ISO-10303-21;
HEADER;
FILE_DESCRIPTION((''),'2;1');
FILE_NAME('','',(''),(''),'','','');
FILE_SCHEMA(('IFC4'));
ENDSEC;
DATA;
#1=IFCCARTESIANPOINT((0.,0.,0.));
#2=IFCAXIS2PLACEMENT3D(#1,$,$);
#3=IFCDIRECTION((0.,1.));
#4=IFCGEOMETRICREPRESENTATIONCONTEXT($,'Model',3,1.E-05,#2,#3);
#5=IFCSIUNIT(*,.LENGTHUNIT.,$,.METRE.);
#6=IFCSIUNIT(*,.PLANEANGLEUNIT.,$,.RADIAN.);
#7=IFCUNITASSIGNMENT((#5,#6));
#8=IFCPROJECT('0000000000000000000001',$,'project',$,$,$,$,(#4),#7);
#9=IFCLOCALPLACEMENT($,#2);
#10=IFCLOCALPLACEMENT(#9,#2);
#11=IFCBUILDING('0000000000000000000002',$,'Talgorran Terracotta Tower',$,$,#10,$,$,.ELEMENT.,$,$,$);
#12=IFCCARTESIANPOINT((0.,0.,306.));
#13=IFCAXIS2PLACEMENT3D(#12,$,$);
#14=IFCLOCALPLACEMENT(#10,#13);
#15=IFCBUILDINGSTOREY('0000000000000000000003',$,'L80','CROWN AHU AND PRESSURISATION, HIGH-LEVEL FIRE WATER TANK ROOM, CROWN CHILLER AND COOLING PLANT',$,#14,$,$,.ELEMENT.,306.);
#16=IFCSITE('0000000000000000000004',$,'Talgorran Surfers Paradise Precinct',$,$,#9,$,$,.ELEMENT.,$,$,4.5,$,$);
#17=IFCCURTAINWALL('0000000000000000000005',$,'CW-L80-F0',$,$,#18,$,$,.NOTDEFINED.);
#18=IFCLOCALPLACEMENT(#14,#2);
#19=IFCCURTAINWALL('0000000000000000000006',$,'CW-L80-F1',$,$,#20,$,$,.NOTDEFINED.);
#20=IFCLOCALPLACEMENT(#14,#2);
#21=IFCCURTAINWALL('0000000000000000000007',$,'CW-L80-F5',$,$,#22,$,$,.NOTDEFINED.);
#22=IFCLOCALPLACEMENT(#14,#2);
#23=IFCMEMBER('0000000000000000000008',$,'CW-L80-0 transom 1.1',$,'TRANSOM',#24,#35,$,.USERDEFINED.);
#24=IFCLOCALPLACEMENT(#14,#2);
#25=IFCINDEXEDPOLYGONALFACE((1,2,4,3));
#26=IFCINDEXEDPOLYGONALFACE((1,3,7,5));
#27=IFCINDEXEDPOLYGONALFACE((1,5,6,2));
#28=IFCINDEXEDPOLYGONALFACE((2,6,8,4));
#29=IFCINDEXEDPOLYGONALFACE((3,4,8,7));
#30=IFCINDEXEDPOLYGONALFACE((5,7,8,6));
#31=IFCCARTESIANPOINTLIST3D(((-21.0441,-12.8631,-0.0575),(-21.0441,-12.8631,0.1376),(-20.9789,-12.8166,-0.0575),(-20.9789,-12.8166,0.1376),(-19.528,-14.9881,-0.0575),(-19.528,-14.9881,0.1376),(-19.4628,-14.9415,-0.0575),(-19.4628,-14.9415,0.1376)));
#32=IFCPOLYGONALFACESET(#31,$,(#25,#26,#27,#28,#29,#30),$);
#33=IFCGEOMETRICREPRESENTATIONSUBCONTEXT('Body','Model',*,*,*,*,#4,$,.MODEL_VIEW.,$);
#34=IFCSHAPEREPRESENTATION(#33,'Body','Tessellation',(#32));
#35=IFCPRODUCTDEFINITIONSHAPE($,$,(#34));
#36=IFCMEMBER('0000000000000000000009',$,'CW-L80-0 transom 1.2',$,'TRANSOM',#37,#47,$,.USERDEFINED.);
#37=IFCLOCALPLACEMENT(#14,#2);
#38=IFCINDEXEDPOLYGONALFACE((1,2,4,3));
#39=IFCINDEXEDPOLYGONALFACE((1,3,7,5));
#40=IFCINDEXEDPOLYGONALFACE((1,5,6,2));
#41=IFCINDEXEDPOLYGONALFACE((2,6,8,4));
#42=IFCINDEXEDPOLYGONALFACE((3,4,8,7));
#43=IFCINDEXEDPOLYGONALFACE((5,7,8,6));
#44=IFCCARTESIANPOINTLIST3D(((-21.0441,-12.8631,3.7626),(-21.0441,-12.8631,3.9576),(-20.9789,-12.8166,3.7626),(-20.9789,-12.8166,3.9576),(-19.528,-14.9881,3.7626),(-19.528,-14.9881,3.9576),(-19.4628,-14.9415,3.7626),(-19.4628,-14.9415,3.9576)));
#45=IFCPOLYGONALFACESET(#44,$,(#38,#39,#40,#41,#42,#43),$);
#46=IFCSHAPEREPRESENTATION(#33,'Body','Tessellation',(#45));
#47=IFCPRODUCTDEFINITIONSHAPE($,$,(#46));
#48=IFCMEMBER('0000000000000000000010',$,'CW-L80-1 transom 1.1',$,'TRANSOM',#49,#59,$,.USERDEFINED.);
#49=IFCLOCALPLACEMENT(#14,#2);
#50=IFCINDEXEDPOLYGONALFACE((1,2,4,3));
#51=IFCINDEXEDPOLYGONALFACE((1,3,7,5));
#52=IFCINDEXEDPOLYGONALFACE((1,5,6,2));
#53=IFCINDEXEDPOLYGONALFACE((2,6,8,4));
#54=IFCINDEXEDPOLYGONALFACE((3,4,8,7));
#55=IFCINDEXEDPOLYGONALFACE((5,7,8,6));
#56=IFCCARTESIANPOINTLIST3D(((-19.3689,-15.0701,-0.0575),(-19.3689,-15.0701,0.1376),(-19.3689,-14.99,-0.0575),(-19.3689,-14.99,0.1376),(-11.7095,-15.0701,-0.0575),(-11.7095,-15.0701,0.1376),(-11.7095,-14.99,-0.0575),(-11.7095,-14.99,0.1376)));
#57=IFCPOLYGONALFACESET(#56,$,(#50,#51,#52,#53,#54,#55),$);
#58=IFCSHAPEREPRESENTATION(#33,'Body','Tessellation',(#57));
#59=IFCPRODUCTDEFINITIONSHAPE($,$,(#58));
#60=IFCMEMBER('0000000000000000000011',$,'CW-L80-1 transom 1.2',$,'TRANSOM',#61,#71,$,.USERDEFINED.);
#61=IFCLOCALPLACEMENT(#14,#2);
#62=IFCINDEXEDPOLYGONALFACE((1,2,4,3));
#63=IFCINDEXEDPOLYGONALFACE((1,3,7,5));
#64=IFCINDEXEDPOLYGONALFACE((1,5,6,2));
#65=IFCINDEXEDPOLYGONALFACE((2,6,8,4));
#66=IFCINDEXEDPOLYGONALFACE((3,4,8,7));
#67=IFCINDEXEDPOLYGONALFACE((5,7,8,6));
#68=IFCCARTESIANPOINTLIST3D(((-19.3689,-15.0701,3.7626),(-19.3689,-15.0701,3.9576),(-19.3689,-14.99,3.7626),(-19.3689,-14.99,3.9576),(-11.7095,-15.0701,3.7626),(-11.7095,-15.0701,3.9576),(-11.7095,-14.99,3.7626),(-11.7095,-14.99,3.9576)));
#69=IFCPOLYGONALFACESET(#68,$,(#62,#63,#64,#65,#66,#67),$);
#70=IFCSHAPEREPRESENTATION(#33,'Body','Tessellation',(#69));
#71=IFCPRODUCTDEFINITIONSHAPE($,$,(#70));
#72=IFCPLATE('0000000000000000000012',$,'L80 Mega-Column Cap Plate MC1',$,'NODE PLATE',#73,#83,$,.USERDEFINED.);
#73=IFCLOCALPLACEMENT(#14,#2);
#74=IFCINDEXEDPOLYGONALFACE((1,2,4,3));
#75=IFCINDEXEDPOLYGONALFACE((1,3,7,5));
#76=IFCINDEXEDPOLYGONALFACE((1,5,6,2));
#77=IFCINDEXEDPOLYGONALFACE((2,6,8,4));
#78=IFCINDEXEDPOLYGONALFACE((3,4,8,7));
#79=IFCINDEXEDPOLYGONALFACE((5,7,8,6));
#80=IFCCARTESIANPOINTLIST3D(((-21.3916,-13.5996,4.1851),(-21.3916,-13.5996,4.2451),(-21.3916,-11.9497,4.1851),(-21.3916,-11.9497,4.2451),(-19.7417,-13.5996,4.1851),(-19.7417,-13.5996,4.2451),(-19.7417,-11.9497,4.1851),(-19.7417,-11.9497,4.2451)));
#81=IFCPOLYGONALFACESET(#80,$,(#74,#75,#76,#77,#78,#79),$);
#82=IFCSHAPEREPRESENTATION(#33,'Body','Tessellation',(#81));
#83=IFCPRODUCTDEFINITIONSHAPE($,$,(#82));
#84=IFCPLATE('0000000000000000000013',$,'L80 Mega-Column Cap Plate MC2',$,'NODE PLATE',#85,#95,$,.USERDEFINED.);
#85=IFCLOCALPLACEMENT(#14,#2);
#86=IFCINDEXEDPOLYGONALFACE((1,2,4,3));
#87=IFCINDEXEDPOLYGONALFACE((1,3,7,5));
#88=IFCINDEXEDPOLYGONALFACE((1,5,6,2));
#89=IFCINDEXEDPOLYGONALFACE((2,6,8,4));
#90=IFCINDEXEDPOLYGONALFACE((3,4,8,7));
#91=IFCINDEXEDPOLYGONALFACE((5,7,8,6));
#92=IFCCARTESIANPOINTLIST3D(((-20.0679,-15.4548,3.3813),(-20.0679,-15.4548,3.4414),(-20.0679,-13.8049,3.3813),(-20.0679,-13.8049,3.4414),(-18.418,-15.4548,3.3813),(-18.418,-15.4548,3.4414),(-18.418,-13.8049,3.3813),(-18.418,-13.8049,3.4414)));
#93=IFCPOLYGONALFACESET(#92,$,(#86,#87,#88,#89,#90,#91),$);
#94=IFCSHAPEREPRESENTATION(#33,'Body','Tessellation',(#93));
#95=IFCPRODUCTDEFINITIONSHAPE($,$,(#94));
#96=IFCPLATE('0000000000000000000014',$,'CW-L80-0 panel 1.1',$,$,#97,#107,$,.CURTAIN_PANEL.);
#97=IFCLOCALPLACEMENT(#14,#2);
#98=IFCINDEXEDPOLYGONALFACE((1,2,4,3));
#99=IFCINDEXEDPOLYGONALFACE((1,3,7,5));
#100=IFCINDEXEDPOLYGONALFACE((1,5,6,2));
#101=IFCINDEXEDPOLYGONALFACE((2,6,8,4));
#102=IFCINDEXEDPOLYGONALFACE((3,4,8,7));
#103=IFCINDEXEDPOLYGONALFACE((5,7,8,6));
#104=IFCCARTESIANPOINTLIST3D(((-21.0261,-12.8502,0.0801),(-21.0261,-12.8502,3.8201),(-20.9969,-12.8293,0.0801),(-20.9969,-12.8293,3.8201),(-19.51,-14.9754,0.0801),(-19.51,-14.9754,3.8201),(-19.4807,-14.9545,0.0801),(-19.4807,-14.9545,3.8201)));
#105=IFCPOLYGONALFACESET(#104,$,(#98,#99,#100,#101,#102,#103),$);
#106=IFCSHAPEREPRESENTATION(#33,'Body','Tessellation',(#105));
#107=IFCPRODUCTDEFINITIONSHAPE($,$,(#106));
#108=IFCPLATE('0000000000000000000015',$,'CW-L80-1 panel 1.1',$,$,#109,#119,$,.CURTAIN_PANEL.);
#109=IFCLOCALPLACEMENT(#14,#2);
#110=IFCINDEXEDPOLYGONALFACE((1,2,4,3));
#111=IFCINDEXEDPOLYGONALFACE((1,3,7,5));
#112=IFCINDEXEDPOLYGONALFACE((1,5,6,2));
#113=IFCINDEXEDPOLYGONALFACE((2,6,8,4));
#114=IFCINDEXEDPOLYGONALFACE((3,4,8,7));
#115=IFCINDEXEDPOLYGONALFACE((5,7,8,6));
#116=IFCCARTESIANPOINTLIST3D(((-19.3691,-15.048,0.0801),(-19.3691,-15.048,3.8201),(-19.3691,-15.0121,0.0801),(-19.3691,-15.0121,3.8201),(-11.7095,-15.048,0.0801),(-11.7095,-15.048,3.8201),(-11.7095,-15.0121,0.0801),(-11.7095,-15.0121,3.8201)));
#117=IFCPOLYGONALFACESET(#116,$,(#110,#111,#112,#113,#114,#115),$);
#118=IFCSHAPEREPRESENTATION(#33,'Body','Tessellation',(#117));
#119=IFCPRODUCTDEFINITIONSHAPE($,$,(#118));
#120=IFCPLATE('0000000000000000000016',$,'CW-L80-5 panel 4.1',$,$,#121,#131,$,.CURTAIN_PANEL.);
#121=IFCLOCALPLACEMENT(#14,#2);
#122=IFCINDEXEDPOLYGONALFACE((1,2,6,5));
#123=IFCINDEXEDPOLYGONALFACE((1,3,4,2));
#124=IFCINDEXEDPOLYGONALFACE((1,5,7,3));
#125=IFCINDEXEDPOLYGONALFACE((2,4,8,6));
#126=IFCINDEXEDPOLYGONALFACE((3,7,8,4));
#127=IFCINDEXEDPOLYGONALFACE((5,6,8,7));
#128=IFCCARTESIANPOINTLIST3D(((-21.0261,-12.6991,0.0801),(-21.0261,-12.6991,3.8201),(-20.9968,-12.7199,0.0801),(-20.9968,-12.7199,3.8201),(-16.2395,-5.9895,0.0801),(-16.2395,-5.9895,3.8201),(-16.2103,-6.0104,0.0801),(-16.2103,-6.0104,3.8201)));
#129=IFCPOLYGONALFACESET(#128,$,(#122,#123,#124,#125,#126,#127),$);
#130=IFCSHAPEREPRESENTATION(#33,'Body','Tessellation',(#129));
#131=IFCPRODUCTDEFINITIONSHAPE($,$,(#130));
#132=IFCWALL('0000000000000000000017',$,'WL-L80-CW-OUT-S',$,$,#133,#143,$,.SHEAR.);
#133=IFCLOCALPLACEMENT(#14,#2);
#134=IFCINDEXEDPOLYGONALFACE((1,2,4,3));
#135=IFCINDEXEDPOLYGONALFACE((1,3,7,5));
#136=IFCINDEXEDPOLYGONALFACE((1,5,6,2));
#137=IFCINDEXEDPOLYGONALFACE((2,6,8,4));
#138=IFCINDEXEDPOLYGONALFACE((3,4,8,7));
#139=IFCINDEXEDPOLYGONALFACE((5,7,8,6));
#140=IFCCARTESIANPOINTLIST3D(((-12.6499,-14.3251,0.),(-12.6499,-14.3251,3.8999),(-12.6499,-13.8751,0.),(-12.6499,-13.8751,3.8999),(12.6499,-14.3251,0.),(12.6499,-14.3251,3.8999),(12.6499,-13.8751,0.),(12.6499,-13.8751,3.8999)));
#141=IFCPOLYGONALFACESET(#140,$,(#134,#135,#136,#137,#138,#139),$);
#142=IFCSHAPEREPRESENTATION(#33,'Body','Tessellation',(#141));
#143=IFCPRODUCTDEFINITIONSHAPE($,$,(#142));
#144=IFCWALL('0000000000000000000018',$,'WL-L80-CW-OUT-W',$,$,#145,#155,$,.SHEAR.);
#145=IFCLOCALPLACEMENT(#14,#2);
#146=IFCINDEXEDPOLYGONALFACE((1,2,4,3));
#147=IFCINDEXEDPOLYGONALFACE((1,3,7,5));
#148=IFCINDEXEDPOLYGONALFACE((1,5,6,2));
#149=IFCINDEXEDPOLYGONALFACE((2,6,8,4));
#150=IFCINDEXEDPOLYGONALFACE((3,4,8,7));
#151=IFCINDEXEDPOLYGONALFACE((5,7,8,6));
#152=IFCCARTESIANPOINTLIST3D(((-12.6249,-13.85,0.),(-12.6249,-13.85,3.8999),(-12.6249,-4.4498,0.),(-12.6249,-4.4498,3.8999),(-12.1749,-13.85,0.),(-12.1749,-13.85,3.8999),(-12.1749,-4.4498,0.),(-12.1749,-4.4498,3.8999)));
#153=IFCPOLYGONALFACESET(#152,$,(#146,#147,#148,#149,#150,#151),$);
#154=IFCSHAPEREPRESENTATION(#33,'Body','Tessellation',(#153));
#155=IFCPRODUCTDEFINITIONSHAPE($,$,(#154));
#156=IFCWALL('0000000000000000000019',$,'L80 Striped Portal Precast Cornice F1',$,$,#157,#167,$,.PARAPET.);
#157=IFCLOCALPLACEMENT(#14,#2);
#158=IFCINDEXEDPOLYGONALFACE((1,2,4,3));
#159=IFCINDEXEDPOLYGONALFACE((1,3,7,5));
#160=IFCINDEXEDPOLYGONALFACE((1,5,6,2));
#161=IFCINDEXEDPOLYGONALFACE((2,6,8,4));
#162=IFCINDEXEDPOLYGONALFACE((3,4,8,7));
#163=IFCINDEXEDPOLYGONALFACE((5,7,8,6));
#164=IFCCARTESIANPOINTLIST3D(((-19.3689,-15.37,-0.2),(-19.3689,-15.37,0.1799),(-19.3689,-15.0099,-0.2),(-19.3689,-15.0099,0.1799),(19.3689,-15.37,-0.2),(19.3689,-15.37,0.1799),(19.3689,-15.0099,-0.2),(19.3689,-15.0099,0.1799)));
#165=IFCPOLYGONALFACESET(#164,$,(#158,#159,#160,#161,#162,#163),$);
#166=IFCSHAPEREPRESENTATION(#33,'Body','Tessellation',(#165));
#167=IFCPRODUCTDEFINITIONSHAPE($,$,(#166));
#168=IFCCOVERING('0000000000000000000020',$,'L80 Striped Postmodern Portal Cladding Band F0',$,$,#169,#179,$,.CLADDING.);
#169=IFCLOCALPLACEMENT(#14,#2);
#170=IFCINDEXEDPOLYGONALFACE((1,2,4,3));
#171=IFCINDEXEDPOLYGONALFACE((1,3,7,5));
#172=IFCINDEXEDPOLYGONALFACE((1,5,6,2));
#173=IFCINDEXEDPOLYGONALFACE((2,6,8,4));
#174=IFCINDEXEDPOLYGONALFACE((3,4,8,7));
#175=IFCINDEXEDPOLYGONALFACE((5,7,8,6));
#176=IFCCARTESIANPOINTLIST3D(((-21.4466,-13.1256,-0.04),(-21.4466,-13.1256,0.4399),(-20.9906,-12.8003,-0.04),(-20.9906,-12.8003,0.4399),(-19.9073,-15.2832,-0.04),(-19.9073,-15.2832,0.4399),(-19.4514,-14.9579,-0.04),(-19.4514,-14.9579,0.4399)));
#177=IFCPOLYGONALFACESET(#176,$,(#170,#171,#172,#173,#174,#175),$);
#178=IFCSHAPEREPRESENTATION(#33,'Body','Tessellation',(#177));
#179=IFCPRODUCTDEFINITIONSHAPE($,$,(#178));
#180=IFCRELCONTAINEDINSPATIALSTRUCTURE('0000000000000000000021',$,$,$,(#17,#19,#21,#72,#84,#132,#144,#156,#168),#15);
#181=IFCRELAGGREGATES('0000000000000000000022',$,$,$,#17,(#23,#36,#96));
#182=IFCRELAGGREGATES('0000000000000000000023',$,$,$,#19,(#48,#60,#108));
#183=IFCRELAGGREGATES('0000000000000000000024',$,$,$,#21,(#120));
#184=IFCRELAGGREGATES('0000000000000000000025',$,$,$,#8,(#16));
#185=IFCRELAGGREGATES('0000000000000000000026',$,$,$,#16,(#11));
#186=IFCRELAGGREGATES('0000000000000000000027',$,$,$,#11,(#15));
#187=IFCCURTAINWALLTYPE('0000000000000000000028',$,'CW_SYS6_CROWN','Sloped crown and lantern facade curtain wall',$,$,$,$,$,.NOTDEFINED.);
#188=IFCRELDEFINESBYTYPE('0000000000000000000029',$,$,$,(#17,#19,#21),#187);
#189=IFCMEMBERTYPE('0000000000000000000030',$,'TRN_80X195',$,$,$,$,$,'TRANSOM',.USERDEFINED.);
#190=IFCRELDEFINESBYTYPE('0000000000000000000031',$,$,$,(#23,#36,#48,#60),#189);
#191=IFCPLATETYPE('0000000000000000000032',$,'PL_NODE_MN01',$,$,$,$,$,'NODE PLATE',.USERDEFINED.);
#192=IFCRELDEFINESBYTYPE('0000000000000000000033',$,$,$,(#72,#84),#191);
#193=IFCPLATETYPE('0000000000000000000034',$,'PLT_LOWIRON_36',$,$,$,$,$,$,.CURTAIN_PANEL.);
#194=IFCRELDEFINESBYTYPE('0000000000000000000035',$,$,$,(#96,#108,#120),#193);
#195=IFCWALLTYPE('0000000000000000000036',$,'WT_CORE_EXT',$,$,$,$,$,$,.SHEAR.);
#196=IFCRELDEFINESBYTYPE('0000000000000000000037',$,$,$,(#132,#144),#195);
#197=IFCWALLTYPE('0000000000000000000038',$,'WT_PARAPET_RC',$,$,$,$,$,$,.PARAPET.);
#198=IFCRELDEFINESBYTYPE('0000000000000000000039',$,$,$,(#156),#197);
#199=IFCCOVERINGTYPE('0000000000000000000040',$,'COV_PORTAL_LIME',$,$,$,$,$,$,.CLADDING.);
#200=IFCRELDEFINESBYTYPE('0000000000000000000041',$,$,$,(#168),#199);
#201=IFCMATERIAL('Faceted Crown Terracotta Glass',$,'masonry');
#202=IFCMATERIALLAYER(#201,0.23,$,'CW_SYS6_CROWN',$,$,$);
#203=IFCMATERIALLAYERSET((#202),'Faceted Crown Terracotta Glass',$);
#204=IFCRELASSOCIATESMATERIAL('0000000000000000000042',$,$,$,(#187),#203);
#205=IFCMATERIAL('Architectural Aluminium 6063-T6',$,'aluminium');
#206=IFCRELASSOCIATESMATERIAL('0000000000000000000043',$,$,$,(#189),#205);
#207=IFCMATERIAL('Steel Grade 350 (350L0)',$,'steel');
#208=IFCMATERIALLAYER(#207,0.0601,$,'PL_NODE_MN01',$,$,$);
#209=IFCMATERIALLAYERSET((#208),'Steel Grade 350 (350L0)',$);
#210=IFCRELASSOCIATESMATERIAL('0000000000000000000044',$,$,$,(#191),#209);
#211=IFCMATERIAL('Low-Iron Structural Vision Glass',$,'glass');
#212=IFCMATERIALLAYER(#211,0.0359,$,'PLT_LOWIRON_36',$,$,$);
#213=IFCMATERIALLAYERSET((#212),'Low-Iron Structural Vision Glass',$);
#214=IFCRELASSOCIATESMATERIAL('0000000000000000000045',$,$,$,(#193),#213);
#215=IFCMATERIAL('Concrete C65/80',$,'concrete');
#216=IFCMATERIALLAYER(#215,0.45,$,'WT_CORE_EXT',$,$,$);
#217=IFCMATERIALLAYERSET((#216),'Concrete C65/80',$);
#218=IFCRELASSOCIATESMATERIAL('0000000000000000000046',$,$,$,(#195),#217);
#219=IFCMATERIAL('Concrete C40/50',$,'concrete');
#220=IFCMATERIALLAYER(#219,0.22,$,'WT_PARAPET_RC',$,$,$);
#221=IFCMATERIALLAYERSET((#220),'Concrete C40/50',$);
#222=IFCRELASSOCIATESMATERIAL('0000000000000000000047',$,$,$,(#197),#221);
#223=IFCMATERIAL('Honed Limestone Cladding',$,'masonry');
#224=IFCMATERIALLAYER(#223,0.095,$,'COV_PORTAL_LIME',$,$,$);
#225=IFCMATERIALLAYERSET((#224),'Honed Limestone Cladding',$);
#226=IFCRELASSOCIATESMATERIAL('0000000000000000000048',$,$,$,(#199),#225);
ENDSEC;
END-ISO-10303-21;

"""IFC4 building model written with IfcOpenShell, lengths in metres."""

from ifc_helpers import new_model, si_unit, direction, frame, frame_2d, origin, origin_2d, place, context, subcontext, project, spatial, rectangle, extrude, source, transform, mapped, material, layer, layer_set, material_profile, profile_set, type_object, type_shapes, element, aggregate, save


model = new_model("IFC4")

# Units and contexts
model_context = context("Model", 3, precision=1e-05, world=origin(), true_north=direction((0.0, 1.0)))
body_context = subcontext(model_context, "Body", "Model", "MODEL_VIEW")
ifc_project = project(units=[si_unit("LENGTHUNIT", "METRE"), si_unit("PLANEANGLEUNIT", "RADIAN")], contexts=[model_context])

# Site, building, storey
site_placement = place(None, origin())
site = spatial("IfcSite", under=ifc_project, at=site_placement, Name="Talgorran Surfers Paradise Precinct", CompositionType="ELEMENT", RefElevation=4.5)
building_placement = place(site_placement, origin())
building = spatial("IfcBuilding", under=site, at=building_placement, Name="Talgorran Terracotta Tower", CompositionType="ELEMENT")
storey_placement = place(building_placement, frame((0.0, 0.0, 306.0)))
storey = spatial("IfcBuildingStorey", under=building, at=storey_placement, Name="L80", Description="CROWN AHU AND PRESSURISATION, HIGH-LEVEL FIRE WATER TANK ROOM, CROWN CHILLER AND COOLING PLANT", CompositionType="ELEMENT", Elevation=306.0)

# Shared definitions
ifc_material_1 = material(Name="Steel Grade 350 (350L0)", Category="steel")

# Curtain wall
ifc_material_2 = material(Name="Faceted Crown Terracotta Glass", Category="masonry")
ifc_layer_1 = layer(ifc_material_2, 0.23, Name="CW_SYS6_CROWN")
ifc_layer_set_1 = layer_set([ifc_layer_1], Name="Faceted Crown Terracotta Glass")
curtain_wall_type = type_object("IfcCurtainWallType", Name="CW_SYS6_CROWN", Description="Sloped crown and lantern facade curtain wall", PredefinedType="NOTDEFINED", material=ifc_layer_set_1)
curtain_wall_1_placement = place(storey_placement, origin())
curtain_wall_1 = element("IfcCurtainWall", 1, at=curtain_wall_1_placement, inside=storey, type_object=curtain_wall_type, Name="CW-L80-F0", PredefinedType="NOTDEFINED")
ifc_material_3 = material(Name="Architectural Aluminium 6063-T6", Category="aluminium")

# Curtain walls
curtain_wall_2_placement = place(storey_placement, origin())
curtain_wall_2 = element("IfcCurtainWall", 2, at=curtain_wall_2_placement, inside=storey, type_object=curtain_wall_type, Name="CW-L80-F1", PredefinedType="NOTDEFINED")
curtain_wall_3_placement = place(storey_placement, origin())
curtain_wall_3 = element("IfcCurtainWall", 3, at=curtain_wall_3_placement, inside=storey, type_object=curtain_wall_type, Name="CW-L80-F5", PredefinedType="NOTDEFINED")

# Members
ifc_material_profile_1 = material_profile(ifc_material_3, rectangle(XDim=0.0801, YDim=0.1951, at=origin_2d()), Name="CWT80X195")
ifc_profile_set_1 = profile_set([ifc_material_profile_1], Name="Architectural Aluminium 6063-T6")
member_type_1 = type_object("IfcMemberType", Name="TRN_80X195", ElementType="TRANSOM", PredefinedType="USERDEFINED", material=ifc_profile_set_1)
member_1_placement = place(storey_placement, frame((-21.0115, -12.8398, 0.04), z_axis=(0.580796, -0.814049, 0.0), x_axis=(0.814049, 0.580796, 0.0)))
member_1 = element("IfcMember", 4, at=member_1_placement, type_object=member_type_1, Name="CW-L80-0 transom 1.1", ObjectType="TRANSOM", PredefinedType="USERDEFINED", context=body_context, shape_type="SweptSolid", body=[
    extrude(rectangle(XDim=0.0801, YDim=0.1951, at=origin_2d()), origin(), (0.0, 0.0, 1.0), 2.6104),
])
member_2_placement = place(storey_placement, frame((-21.0115, -12.8398, 3.8601), z_axis=(0.580796, -0.814049, 0.0), x_axis=(0.814049, 0.580796, 0.0)))
member_2 = element("IfcMember", 5, at=member_2_placement, type_object=member_type_1, Name="CW-L80-0 transom 1.2", ObjectType="TRANSOM", PredefinedType="USERDEFINED", context=body_context, shape_type="SweptSolid", body=[
    extrude(rectangle(XDim=0.0801, YDim=0.1951, at=origin_2d()), origin(), (0.0, 0.0, 1.0), 2.6104),
])
member_3_placement = place(storey_placement, frame((-19.3689, -15.03, 0.04), z_axis=(1.0, 0.0, 0.0), x_axis=(0.0, 1.0, 0.0)))
member_3 = element("IfcMember", 6, at=member_3_placement, type_object=member_type_1, Name="CW-L80-1 transom 1.1", ObjectType="TRANSOM", PredefinedType="USERDEFINED", context=body_context, shape_type="SweptSolid", body=[
    extrude(rectangle(XDim=0.0801, YDim=0.1951, at=origin_2d()), origin(), (0.0, 0.0, 1.0), 7.6594),
])
member_4_placement = place(storey_placement, frame((-19.3689, -15.03, 3.8601), z_axis=(1.0, 0.0, 0.0), x_axis=(0.0, 1.0, 0.0)))
member_4 = element("IfcMember", 7, at=member_4_placement, type_object=member_type_1, Name="CW-L80-1 transom 1.2", ObjectType="TRANSOM", PredefinedType="USERDEFINED", context=body_context, shape_type="SweptSolid", body=[
    extrude(rectangle(XDim=0.0801, YDim=0.1951, at=origin_2d()), origin(), (0.0, 0.0, 1.0), 7.6594),
])

# Plates
ifc_layer_2 = layer(ifc_material_1, 0.0601, Name="PL_NODE_MN01")
ifc_layer_set_2 = layer_set([ifc_layer_2], Name="Steel Grade 350 (350L0)")
plate_type_1 = type_object("IfcPlateType", Name="PL_NODE_MN01", ElementType="NODE PLATE", PredefinedType="USERDEFINED", material=ifc_layer_set_2)
for number, where, z_axis, x_axis, name in (
    (8, (-20.5667, -12.7747, 4.1851), (0.0, 0.0, 1.0), (1.0, 0.0, 0.0), "L80 Mega-Column Cap Plate MC1"),
    (9, (-19.2429, -14.6299, 3.3813), (0.0, 0.0, 1.0), (1.0, 0.0, 0.0), "L80 Mega-Column Cap Plate MC2"),
):
    element("IfcPlate", number, at=place(storey_placement, frame(where, z_axis=z_axis, x_axis=x_axis)), inside=storey, type_object=plate_type_1, Name=name, ObjectType="NODE PLATE", PredefinedType="USERDEFINED", context=body_context, shape_type="SweptSolid", body=[
        extrude(rectangle(XDim=1.6499, YDim=1.6499, at=origin_2d()), origin(), (0.0, 0.0, 1.0), 0.0601),
    ])

# Plates
ifc_material_4 = material(Name="Low-Iron Structural Vision Glass", Category="glass")
ifc_layer_3 = layer(ifc_material_4, 0.0359, Name="PLT_LOWIRON_36")
ifc_layer_set_3 = layer_set([ifc_layer_3], Name="Low-Iron Structural Vision Glass")
plate_type_2 = type_object("IfcPlateType", Name="PLT_LOWIRON_36", PredefinedType="CURTAIN_PANEL", material=ifc_layer_set_3)
shared_shape_1 = source(origin(), body_context, "Body", "SweptSolid", [
    extrude(rectangle(XDim=2.6106, YDim=0.0359, at=origin_2d()), origin(), (0.0, 0.0, 1.0), 3.74),
])
plate_1_placement = place(storey_placement, frame((-20.2534, -13.9023, 0.0801), z_axis=(0.0, 0.0, 1.0), x_axis=(0.58076, -0.814075, 0.0)))
plate_1 = element("IfcPlate", 10, at=plate_1_placement, type_object=plate_type_2, Name="CW-L80-0 panel 1.1", PredefinedType="CURTAIN_PANEL", context=body_context, shape_type="MappedRepresentation", body=[
    mapped(shared_shape_1, transform((0.0, 0.0, 0.0), scale=1.0)),
])
aggregate(curtain_wall_1, [member_1, member_2, plate_1])
shared_shape_2 = source(origin(), body_context, "Body", "SweptSolid", [
    extrude(rectangle(XDim=7.6597, YDim=0.0359, at=origin_2d()), origin(), (0.0, 0.0, 1.0), 3.74),
])
plate_2_placement = place(storey_placement, frame((-15.5393, -15.03, 0.0801), z_axis=(0.0, 0.0, 1.0), x_axis=(1.0, 0.0, 0.0)))
plate_2 = element("IfcPlate", 11, at=plate_2_placement, type_object=plate_type_2, Name="CW-L80-1 panel 1.1", PredefinedType="CURTAIN_PANEL", context=body_context, shape_type="MappedRepresentation", body=[
    mapped(shared_shape_2, transform((0.0, 0.0, 0.0), scale=1.0)),
])
aggregate(curtain_wall_2, [member_3, member_4, plate_2])
shared_shape_3 = source(origin(), body_context, "Body", "SweptSolid", [
    extrude(rectangle(XDim=8.2419, YDim=0.0359, at=origin_2d()), origin(), (0.0, 0.0, 1.0), 3.74),
])
type_shapes(plate_type_2, [shared_shape_1, shared_shape_2, shared_shape_3])
plate_3_placement = place(storey_placement, frame((-18.6182, -9.3547, 0.0801), z_axis=(0.0, 0.0, 1.0), x_axis=(-0.580758, -0.814076, 0.0)))
plate_3 = element("IfcPlate", 12, at=plate_3_placement, type_object=plate_type_2, Name="CW-L80-5 panel 4.1", PredefinedType="CURTAIN_PANEL", context=body_context, shape_type="MappedRepresentation", body=[
    mapped(shared_shape_3, transform((0.0, 0.0, 0.0), scale=1.0)),
])
aggregate(curtain_wall_3, [plate_3])

# Walls
ifc_material_5 = material(Name="Concrete C65/80", Category="concrete")
ifc_layer_4 = layer(ifc_material_5, 0.45, Name="WT_CORE_EXT")
ifc_layer_set_4 = layer_set([ifc_layer_4], Name="Concrete C65/80")
wall_type_1 = type_object("IfcWallType", Name="WT_CORE_EXT", PredefinedType="SHEAR", material=ifc_layer_set_4)
wall_1_placement = place(storey_placement, frame((-12.6499, -14.1001, 0.0), z_axis=(0.0, 0.0, 1.0), x_axis=(1.0, 0.0, 0.0)))
element("IfcWall", 13, at=wall_1_placement, inside=storey, type_object=wall_type_1, Name="WL-L80-CW-OUT-S", PredefinedType="SHEAR", context=body_context, shape_type="SweptSolid", body=[
    extrude(rectangle(XDim=25.2998, YDim=0.45, at=frame_2d((12.6499, 0.0))), origin(), (0.0, 0.0, 1.0), 3.8999),
])
wall_2_placement = place(storey_placement, frame((-12.3999, -13.8501, 0.0), z_axis=(0.0, 0.0, 1.0), x_axis=(0.0, 1.0, 0.0)))
element("IfcWall", 14, at=wall_2_placement, inside=storey, type_object=wall_type_1, Name="WL-L80-CW-OUT-W", PredefinedType="SHEAR", context=body_context, shape_type="SweptSolid", body=[
    extrude(rectangle(XDim=9.4001, YDim=0.45, at=frame_2d((4.7002, 0.0))), origin(), (0.0, 0.0, 1.0), 3.8999),
])
ifc_material_6 = material(Name="Concrete C40/50", Category="concrete")
ifc_layer_5 = layer(ifc_material_6, 0.22, Name="WT_PARAPET_RC")
ifc_layer_set_5 = layer_set([ifc_layer_5], Name="Concrete C40/50")
wall_type_2 = type_object("IfcWallType", Name="WT_PARAPET_RC", PredefinedType="PARAPET", material=ifc_layer_set_5)
wall_3_placement = place(storey_placement, frame((-19.3689, -15.1899, -0.2), z_axis=(0.0, 0.0, 1.0), x_axis=(1.0, 0.0, 0.0)))
element("IfcWall", 15, at=wall_3_placement, inside=storey, type_object=wall_type_2, Name="L80 Striped Portal Precast Cornice F1", PredefinedType="PARAPET", context=body_context, shape_type="SweptSolid", body=[
    extrude(rectangle(XDim=38.7378, YDim=0.3601, at=frame_2d((19.3689, 0.0))), origin(), (0.0, 0.0, 1.0), 0.3799),
])

# Covering
ifc_material_7 = material(Name="Honed Limestone Cladding", Category="masonry")
ifc_layer_6 = layer(ifc_material_7, 0.095, Name="COV_PORTAL_LIME")
ifc_layer_set_6 = layer_set([ifc_layer_6], Name="Honed Limestone Cladding")
covering_type = type_object("IfcCoveringType", Name="COV_PORTAL_LIME", PredefinedType="CLADDING", material=ifc_layer_set_6)
covering_placement = place(storey_placement, frame((-20.449, -14.0417, -0.04), z_axis=(0.0, 0.0, 1.0), x_axis=(0.58076, -0.814075, 0.0)))
element("IfcCovering", 16, at=covering_placement, inside=storey, type_object=covering_type, Name="L80 Striped Postmodern Portal Cladding Band F0", PredefinedType="CLADDING", context=body_context, shape_type="SweptSolid", body=[
    extrude(rectangle(XDim=2.6504, YDim=0.5601, at=origin_2d()), origin(), (0.0, 0.0, 1.0), 0.48),
])

save(model, "model.ifc")
